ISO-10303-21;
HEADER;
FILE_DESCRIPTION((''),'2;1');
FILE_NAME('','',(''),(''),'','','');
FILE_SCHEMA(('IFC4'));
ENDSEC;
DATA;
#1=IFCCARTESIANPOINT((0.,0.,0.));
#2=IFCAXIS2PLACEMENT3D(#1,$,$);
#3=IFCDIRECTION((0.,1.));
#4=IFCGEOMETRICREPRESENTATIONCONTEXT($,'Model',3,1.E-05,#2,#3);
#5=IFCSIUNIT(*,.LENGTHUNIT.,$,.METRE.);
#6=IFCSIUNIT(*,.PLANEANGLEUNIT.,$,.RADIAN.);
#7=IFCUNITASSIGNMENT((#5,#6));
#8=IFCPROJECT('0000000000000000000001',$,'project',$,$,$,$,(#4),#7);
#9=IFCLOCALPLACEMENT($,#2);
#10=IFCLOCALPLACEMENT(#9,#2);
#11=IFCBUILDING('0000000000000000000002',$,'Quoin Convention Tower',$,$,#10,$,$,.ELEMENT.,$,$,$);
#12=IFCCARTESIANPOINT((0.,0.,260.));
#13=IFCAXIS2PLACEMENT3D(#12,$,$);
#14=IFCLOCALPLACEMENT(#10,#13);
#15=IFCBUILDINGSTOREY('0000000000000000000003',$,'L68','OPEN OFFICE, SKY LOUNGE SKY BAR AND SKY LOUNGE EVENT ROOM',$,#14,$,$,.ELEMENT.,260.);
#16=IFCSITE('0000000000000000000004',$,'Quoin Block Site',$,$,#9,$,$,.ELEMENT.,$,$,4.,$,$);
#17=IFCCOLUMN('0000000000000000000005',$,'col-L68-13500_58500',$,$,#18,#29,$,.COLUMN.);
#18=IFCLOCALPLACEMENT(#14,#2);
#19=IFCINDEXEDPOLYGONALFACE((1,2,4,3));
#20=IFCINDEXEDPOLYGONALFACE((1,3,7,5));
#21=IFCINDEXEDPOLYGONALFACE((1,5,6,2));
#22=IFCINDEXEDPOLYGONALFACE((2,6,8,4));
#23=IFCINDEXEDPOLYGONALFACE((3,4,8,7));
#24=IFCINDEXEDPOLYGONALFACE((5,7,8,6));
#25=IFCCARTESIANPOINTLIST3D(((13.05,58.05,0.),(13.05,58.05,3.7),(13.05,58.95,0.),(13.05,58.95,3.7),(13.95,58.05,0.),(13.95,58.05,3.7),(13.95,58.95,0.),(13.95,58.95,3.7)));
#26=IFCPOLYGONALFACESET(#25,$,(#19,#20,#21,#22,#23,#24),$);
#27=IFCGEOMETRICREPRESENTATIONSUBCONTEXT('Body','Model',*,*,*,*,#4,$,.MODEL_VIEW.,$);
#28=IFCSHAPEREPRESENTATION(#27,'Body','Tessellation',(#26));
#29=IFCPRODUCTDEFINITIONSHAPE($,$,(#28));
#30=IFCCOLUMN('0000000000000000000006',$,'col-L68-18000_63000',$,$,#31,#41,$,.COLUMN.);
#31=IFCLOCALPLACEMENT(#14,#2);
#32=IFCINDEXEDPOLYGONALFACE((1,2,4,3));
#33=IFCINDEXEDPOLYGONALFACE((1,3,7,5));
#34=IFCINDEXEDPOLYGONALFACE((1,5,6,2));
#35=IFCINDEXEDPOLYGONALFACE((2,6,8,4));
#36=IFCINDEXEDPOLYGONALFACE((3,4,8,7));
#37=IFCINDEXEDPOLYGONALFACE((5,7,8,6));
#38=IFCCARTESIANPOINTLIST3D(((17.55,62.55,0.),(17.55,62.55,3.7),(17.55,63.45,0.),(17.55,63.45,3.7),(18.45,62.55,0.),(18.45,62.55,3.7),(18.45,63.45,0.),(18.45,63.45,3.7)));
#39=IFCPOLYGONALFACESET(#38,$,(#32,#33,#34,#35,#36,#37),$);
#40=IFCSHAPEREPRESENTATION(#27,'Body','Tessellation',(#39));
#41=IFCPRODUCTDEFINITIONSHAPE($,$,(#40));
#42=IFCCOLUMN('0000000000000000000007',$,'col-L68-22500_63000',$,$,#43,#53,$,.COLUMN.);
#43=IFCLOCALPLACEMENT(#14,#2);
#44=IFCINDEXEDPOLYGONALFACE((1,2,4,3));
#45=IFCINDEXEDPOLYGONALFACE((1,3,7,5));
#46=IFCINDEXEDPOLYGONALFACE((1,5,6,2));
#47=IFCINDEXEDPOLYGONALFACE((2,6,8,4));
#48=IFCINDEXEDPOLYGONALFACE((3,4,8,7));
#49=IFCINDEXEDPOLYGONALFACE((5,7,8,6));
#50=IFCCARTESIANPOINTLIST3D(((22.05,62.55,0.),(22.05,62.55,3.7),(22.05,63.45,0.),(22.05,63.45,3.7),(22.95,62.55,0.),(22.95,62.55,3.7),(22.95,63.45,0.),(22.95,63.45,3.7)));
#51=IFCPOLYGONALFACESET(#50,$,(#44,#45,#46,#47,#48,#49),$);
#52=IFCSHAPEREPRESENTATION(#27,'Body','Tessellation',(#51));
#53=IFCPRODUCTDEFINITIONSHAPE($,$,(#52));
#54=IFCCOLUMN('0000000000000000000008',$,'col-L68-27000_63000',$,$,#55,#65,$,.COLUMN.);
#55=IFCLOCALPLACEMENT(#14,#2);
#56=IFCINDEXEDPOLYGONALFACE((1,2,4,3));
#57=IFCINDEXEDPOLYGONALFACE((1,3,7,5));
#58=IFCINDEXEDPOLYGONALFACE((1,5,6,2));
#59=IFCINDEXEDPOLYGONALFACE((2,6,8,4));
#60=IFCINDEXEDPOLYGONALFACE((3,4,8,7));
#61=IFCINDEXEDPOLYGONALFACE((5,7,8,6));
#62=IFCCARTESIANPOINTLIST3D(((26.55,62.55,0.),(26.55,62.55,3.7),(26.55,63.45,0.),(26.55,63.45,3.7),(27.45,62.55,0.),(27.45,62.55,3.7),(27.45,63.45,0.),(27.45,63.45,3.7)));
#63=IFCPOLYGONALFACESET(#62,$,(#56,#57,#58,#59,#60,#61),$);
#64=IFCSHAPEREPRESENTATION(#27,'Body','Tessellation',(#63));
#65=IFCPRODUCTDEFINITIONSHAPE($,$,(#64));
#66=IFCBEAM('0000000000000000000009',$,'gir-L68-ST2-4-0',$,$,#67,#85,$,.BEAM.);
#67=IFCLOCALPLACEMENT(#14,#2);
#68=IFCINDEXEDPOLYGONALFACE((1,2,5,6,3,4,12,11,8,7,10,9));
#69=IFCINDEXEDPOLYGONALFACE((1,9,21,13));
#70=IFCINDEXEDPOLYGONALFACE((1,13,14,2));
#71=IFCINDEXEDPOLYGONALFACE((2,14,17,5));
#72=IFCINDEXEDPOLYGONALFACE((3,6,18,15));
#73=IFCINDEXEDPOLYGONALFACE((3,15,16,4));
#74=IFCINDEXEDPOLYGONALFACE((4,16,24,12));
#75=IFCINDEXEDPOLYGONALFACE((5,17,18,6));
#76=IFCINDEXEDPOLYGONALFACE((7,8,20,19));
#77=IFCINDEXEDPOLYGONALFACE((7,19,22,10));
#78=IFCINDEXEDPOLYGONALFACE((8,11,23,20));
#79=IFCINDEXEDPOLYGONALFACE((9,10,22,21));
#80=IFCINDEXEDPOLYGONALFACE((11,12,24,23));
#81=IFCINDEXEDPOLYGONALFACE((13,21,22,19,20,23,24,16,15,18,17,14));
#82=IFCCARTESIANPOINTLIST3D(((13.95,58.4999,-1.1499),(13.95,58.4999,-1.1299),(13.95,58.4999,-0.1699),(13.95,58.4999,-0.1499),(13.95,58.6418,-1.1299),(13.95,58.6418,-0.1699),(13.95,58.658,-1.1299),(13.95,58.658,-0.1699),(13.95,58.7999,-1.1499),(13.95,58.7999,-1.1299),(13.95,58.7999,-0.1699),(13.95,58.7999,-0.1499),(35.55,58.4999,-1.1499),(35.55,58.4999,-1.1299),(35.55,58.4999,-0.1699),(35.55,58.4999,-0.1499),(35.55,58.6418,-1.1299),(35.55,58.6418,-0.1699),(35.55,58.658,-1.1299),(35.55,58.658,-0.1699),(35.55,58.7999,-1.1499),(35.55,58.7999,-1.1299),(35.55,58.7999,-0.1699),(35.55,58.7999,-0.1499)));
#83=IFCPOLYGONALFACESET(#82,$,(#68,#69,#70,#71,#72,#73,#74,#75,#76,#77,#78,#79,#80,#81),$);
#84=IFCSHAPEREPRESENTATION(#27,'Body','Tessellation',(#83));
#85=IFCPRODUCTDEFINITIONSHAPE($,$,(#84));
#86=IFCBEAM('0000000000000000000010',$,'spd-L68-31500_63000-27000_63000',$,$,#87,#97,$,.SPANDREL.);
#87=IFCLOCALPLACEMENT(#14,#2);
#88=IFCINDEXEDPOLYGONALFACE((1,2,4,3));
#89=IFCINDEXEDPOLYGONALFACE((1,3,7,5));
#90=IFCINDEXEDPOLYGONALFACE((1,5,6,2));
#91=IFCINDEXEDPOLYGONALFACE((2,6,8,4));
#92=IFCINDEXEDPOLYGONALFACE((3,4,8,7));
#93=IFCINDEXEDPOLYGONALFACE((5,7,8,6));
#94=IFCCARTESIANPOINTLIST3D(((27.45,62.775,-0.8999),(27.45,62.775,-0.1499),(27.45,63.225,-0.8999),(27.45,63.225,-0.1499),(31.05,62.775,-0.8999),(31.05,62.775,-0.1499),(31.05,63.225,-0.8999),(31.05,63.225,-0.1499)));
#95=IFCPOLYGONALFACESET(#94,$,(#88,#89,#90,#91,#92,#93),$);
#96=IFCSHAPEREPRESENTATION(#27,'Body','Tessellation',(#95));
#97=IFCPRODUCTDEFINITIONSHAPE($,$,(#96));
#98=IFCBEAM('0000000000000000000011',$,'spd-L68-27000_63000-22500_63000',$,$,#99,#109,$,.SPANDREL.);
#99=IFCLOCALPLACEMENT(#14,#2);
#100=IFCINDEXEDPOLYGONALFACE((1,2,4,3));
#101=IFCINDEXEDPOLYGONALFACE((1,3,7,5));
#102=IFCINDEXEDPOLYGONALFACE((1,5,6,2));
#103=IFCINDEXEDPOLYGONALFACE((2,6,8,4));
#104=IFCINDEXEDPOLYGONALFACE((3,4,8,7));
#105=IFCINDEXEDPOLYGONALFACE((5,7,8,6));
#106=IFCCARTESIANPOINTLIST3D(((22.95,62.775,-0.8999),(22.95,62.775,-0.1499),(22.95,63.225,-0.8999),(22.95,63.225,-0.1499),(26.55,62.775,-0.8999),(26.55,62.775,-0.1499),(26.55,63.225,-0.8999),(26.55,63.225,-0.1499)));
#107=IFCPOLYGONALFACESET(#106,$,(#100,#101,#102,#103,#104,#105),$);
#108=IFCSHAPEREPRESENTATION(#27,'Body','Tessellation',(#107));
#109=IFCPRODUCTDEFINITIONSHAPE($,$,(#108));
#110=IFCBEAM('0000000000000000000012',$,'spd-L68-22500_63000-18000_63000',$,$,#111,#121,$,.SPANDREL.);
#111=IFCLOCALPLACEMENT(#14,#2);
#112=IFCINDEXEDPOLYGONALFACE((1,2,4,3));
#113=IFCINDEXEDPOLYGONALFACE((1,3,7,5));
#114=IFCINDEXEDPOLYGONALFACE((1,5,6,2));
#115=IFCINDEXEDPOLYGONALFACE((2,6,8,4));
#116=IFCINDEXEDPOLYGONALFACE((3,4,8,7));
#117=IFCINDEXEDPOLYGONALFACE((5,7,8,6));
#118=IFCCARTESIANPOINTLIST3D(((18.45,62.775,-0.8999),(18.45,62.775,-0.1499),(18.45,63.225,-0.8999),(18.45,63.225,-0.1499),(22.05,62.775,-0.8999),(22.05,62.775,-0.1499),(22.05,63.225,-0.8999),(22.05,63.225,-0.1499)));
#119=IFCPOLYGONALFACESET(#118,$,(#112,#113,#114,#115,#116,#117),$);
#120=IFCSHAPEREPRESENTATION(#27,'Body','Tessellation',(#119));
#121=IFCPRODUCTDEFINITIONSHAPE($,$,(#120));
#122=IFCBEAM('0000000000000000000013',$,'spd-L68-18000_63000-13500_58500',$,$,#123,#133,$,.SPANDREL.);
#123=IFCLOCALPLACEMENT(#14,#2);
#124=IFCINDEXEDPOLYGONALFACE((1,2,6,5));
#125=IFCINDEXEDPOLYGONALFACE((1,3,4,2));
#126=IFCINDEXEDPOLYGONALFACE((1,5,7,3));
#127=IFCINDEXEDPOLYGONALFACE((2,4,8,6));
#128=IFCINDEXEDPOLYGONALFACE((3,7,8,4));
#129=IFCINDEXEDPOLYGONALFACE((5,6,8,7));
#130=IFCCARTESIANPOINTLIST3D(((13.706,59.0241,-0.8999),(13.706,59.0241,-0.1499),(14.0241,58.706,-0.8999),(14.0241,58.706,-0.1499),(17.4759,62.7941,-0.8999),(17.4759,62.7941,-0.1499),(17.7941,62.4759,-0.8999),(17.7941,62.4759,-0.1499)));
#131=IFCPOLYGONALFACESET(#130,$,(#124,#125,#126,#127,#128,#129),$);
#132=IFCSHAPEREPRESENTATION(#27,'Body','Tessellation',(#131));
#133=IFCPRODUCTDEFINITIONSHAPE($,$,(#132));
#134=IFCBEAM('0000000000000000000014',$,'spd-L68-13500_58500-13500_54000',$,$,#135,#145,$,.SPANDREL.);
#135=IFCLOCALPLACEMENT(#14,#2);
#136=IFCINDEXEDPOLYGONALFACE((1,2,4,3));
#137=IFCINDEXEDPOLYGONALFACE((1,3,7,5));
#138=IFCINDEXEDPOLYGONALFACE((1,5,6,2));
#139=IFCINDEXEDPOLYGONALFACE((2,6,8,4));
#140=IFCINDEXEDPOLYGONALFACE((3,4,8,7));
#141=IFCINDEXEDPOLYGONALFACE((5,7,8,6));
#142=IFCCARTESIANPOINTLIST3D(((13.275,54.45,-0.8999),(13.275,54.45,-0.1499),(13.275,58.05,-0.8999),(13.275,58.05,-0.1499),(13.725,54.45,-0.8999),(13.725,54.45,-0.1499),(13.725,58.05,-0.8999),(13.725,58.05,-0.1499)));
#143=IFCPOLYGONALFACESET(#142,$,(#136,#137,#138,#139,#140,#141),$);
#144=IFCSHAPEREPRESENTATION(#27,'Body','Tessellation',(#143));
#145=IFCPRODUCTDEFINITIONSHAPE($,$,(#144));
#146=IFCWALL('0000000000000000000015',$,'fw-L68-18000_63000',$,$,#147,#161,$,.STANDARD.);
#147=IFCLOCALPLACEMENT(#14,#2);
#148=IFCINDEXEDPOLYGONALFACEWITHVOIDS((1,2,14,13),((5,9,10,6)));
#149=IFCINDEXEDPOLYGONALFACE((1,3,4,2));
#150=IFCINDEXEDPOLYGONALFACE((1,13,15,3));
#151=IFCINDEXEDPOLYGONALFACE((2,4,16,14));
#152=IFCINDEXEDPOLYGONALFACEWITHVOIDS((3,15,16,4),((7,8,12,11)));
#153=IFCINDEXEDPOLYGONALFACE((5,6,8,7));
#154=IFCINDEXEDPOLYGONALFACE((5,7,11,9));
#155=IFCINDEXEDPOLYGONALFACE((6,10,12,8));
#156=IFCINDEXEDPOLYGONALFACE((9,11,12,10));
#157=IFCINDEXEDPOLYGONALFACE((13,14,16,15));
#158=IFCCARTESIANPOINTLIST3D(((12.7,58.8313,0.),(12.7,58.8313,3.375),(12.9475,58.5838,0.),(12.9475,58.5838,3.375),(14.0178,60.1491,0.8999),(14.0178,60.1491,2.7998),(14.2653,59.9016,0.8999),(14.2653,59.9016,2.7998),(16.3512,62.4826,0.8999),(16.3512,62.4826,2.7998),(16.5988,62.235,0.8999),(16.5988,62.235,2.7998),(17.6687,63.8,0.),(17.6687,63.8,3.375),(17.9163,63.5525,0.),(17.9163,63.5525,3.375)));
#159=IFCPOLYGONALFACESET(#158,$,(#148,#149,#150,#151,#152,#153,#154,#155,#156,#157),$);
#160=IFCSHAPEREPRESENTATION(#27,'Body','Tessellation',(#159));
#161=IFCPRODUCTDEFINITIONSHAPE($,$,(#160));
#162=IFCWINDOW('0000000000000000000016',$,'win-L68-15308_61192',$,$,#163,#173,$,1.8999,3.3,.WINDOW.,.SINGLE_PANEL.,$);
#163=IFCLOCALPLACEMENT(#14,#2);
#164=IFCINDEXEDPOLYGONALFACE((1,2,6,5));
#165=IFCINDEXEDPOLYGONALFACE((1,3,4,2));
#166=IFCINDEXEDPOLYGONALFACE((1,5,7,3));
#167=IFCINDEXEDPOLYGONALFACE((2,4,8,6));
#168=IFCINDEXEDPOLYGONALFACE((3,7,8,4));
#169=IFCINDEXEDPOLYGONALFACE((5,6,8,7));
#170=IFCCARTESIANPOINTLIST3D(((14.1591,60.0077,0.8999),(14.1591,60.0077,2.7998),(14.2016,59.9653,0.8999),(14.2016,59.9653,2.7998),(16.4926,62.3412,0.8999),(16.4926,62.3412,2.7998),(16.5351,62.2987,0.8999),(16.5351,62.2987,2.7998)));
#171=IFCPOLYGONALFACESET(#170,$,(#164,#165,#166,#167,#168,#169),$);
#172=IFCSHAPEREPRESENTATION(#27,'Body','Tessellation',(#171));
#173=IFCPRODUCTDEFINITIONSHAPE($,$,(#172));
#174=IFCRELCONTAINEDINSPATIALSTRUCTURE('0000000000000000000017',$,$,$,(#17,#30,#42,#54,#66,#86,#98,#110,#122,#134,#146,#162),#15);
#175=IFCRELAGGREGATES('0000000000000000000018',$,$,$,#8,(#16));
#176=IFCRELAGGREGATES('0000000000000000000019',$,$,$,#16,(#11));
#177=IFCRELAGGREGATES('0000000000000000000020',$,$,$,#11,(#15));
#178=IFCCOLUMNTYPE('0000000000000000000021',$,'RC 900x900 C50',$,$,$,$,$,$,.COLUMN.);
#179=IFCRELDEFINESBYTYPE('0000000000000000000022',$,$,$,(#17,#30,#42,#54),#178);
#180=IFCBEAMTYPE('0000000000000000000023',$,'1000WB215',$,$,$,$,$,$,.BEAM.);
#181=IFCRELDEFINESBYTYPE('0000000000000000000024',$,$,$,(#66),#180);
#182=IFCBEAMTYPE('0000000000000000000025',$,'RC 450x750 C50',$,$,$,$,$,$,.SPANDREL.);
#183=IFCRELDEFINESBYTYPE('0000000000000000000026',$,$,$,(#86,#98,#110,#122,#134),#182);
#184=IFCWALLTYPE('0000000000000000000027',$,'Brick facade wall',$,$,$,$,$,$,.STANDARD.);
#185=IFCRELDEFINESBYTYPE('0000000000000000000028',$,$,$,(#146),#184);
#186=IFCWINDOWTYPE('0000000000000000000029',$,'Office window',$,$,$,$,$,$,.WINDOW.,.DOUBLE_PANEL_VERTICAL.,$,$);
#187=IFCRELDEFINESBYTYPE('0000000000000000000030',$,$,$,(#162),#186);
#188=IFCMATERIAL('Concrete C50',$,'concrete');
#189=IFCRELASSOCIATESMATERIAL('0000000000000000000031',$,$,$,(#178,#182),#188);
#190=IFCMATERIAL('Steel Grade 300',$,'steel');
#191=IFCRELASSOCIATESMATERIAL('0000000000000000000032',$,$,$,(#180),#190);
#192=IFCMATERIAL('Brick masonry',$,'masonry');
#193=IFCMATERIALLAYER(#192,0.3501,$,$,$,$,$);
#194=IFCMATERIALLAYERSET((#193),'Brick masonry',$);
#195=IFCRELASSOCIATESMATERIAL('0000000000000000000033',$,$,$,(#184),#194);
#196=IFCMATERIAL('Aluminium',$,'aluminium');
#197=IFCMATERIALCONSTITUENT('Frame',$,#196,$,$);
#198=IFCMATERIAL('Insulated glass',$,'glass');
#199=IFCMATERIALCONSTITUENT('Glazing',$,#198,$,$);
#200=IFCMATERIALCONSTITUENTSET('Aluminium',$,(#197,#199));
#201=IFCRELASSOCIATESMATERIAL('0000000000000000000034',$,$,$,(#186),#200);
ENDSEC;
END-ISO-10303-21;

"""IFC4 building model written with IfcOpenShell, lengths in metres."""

from ifc_helpers import new_model, si_unit, direction, frame, frame_2d, origin, origin_2d, place, context, subcontext, project, spatial, rectangle, i_section, extrude, material, layer, layer_set, constituent, constituent_set, material_profile, profile_set, type_object, element, fill, save


model = new_model("IFC4")

# Units and contexts
model_context = context("Model", 3, precision=1e-05, world=origin(), true_north=direction((0.0, 1.0)))
body_context = subcontext(model_context, "Body", "Model", "MODEL_VIEW")
ifc_project = project(units=[si_unit("LENGTHUNIT", "METRE"), si_unit("PLANEANGLEUNIT", "RADIAN")], contexts=[model_context])

# Site, building, storey
site_placement = place(None, origin())
site = spatial("IfcSite", under=ifc_project, at=site_placement, Name="Quoin Block Site", CompositionType="ELEMENT", RefElevation=4.0)
building_placement = place(site_placement, origin())
building = spatial("IfcBuilding", under=site, at=building_placement, Name="Quoin Convention Tower", CompositionType="ELEMENT")
storey_placement = place(building_placement, frame((0.0, 0.0, 260.0)))
storey = spatial("IfcBuildingStorey", under=building, at=storey_placement, Name="L68", Description="OPEN OFFICE, SKY LOUNGE SKY BAR AND SKY LOUNGE EVENT ROOM", CompositionType="ELEMENT", Elevation=260.0)

# Columns
ifc_material_1 = material(Name="Concrete C50", Category="concrete")
ifc_material_profile_1 = material_profile(ifc_material_1, rectangle(XDim=0.8999, YDim=0.8999, at=origin_2d()), Name="RC 900x900")
ifc_profile_set_1 = profile_set([ifc_material_profile_1], Name="Concrete C50")
column_type = type_object("IfcColumnType", Name="RC 900x900 C50", PredefinedType="COLUMN", material=ifc_profile_set_1)
for number, where, z_axis, x_axis, name in (
    (1, (13.5, 58.5, 0.0), (0.0, 0.0, 1.0), (1.0, 0.0, 0.0), "col-L68-13500_58500"),
    (2, (18.0, 63.0, 0.0), (0.0, 0.0, 1.0), (1.0, 0.0, 0.0), "col-L68-18000_63000"),
    (3, (22.5, 63.0, 0.0), (0.0, 0.0, 1.0), (1.0, 0.0, 0.0), "col-L68-22500_63000"),
    (4, (27.0, 63.0, 0.0), (0.0, 0.0, 1.0), (1.0, 0.0, 0.0), "col-L68-27000_63000"),
):
    element("IfcColumn", number, at=place(storey_placement, frame(where, z_axis=z_axis, x_axis=x_axis)), inside=storey, type_object=column_type, Name=name, PredefinedType="COLUMN", context=body_context, shape_type="SweptSolid", body=[
        extrude(rectangle(XDim=0.8999, YDim=0.8999, at=origin_2d()), origin(), (0.0, 0.0, 1.0), 3.7),
    ])

# Beams
ifc_material_2 = material(Name="Steel Grade 300", Category="steel")
ifc_material_profile_2 = material_profile(ifc_material_2, i_section(OverallWidth=0.3, OverallDepth=1.0, WebThickness=0.0161, FlangeThickness=0.02, at=origin_2d()), Name="1000WB215")
ifc_profile_set_2 = profile_set([ifc_material_profile_2], Name="Steel Grade 300")
beam_type_1 = type_object("IfcBeamType", Name="1000WB215", PredefinedType="BEAM", material=ifc_profile_set_2)
beam_1_placement = place(storey_placement, frame((13.95, 58.6499, -0.6499), z_axis=(1.0, 0.0, 0.0), x_axis=(0.0, 1.0, 0.0)))
element("IfcBeam", 5, at=beam_1_placement, inside=storey, type_object=beam_type_1, Name="gir-L68-ST2-4-0", PredefinedType="BEAM", context=body_context, shape_type="SweptSolid", body=[
    extrude(i_section(OverallWidth=0.3, OverallDepth=1.0, WebThickness=0.0161, FlangeThickness=0.02, at=origin_2d()), origin(), (0.0, 0.0, 1.0), 21.6001),
])
ifc_material_profile_3 = material_profile(ifc_material_1, rectangle(XDim=0.45, YDim=0.75, at=origin_2d()), Name="RC 450x750")
ifc_profile_set_3 = profile_set([ifc_material_profile_3], Name="Concrete C50")
beam_type_2 = type_object("IfcBeamType", Name="RC 450x750 C50", PredefinedType="SPANDREL", material=ifc_profile_set_3)
for number, where, z_axis, x_axis, name in (
    (6, (31.05, 63.0, -0.5249), (-1.0, 0.0, 0.0), (0.0, -1.0, 0.0), "spd-L68-31500_63000-27000_63000"),
    (7, (26.55, 63.0, -0.5249), (-1.0, 0.0, 0.0), (0.0, -1.0, 0.0), "spd-L68-27000_63000-22500_63000"),
    (8, (22.05, 63.0, -0.5249), (-1.0, 0.0, 0.0), (0.0, -1.0, 0.0), "spd-L68-22500_63000-18000_63000"),
):
    element("IfcBeam", number, at=place(storey_placement, frame(where, z_axis=z_axis, x_axis=x_axis)), inside=storey, type_object=beam_type_2, Name=name, PredefinedType="SPANDREL", context=body_context, shape_type="SweptSolid", body=[
        extrude(rectangle(XDim=0.45, YDim=0.75, at=origin_2d()), origin(), (0.0, 0.0, 1.0), 3.6001),
    ])
beam_2_placement = place(storey_placement, frame((17.635, 62.635, -0.5249), z_axis=(-0.707107, -0.707107, 0.0), x_axis=(0.707107, -0.707107, 0.0)))
element("IfcBeam", 9, at=beam_2_placement, inside=storey, type_object=beam_type_2, Name="spd-L68-18000_63000-13500_58500", PredefinedType="SPANDREL", context=body_context, shape_type="SweptSolid", body=[
    extrude(rectangle(XDim=0.45, YDim=0.75, at=origin_2d()), origin(), (0.0, 0.0, 1.0), 5.3315),
])
beam_3_placement = place(storey_placement, frame((13.5, 58.05, -0.5249), z_axis=(0.0, -1.0, 0.0), x_axis=(1.0, 0.0, 0.0)))
element("IfcBeam", 10, at=beam_3_placement, inside=storey, type_object=beam_type_2, Name="spd-L68-13500_58500-13500_54000", PredefinedType="SPANDREL", context=body_context, shape_type="SweptSolid", body=[
    extrude(rectangle(XDim=0.45, YDim=0.75, at=origin_2d()), origin(), (0.0, 0.0, 1.0), 3.6001),
])

# Wall, opening, window
ifc_material_3 = material(Name="Brick masonry", Category="masonry")
ifc_layer_1 = layer(ifc_material_3, 0.3501)
ifc_layer_set_1 = layer_set([ifc_layer_1], Name="Brick masonry")
wall_type_1 = type_object("IfcWallType", Name="Brick facade wall", PredefinedType="STANDARD", material=ifc_layer_set_1)
wall_1_placement = place(storey_placement, frame((17.7925, 63.6763, 0.0), z_axis=(0.0, 0.0, 1.0), x_axis=(-0.707107, -0.707107, 0.0)))
wall_1 = element("IfcWall", 11, at=wall_1_placement, inside=storey, type_object=wall_type_1, Name="fw-L68-18000_63000", PredefinedType="STANDARD", context=body_context, shape_type="SweptSolid", body=[
    extrude(rectangle(XDim=7.0269, YDim=0.3501, at=frame_2d((3.5134, 0.0))), origin(), (0.0, 0.0, 1.0), 3.375),
])
opening_1_placement = place(wall_1_placement, frame((1.8633, 0.0, 0.8999)))
opening_1 = element("IfcOpeningElement", 12, at=opening_1_placement, cuts=wall_1, PredefinedType="OPENING", context=body_context, shape_type="SweptSolid", body=[
    extrude(rectangle(XDim=3.3, YDim=1.8999, at=frame_2d((1.6499, 0.95))), frame((0.0, 0.1851, 0.0), z_axis=(0.0, -1.0, 0.0), x_axis=(1.0, 0.0, 0.0)), (0.0, 0.0, 1.0), 0.3701),
])
ifc_material_4 = material(Name="Aluminium", Category="aluminium")
ifc_constituent_1 = constituent(ifc_material_4, Name="Frame")
ifc_material_5 = material(Name="Insulated glass", Category="glass")
ifc_constituent_2 = constituent(ifc_material_5, Name="Glazing")
ifc_constituent_set = constituent_set(constituents=[ifc_constituent_1, ifc_constituent_2], Name="Aluminium")
window_type = type_object("IfcWindowType", Name="Office window", PartitioningType="DOUBLE_PANEL_VERTICAL", PredefinedType="WINDOW", material=ifc_constituent_set)
window_1_placement = place(opening_1_placement, origin())
window_1 = element("IfcWindow", 13, at=window_1_placement, inside=storey, type_object=window_type, Name="win-L68-15308_61192", OverallHeight=1.8999, OverallWidth=3.3, PartitioningType="SINGLE_PANEL", PredefinedType="WINDOW", context=body_context, shape_type="SweptSolid", body=[
    extrude(rectangle(XDim=3.3, YDim=1.8999, at=frame_2d((1.6499, 0.95))), frame((0.0, 0.085, 0.0), z_axis=(0.0, -1.0, 0.0), x_axis=(1.0, 0.0, 0.0)), (0.0, 0.0, 1.0), 0.0601),
])
fill(opening_1, window_1)

save(model, "model.ifc")
